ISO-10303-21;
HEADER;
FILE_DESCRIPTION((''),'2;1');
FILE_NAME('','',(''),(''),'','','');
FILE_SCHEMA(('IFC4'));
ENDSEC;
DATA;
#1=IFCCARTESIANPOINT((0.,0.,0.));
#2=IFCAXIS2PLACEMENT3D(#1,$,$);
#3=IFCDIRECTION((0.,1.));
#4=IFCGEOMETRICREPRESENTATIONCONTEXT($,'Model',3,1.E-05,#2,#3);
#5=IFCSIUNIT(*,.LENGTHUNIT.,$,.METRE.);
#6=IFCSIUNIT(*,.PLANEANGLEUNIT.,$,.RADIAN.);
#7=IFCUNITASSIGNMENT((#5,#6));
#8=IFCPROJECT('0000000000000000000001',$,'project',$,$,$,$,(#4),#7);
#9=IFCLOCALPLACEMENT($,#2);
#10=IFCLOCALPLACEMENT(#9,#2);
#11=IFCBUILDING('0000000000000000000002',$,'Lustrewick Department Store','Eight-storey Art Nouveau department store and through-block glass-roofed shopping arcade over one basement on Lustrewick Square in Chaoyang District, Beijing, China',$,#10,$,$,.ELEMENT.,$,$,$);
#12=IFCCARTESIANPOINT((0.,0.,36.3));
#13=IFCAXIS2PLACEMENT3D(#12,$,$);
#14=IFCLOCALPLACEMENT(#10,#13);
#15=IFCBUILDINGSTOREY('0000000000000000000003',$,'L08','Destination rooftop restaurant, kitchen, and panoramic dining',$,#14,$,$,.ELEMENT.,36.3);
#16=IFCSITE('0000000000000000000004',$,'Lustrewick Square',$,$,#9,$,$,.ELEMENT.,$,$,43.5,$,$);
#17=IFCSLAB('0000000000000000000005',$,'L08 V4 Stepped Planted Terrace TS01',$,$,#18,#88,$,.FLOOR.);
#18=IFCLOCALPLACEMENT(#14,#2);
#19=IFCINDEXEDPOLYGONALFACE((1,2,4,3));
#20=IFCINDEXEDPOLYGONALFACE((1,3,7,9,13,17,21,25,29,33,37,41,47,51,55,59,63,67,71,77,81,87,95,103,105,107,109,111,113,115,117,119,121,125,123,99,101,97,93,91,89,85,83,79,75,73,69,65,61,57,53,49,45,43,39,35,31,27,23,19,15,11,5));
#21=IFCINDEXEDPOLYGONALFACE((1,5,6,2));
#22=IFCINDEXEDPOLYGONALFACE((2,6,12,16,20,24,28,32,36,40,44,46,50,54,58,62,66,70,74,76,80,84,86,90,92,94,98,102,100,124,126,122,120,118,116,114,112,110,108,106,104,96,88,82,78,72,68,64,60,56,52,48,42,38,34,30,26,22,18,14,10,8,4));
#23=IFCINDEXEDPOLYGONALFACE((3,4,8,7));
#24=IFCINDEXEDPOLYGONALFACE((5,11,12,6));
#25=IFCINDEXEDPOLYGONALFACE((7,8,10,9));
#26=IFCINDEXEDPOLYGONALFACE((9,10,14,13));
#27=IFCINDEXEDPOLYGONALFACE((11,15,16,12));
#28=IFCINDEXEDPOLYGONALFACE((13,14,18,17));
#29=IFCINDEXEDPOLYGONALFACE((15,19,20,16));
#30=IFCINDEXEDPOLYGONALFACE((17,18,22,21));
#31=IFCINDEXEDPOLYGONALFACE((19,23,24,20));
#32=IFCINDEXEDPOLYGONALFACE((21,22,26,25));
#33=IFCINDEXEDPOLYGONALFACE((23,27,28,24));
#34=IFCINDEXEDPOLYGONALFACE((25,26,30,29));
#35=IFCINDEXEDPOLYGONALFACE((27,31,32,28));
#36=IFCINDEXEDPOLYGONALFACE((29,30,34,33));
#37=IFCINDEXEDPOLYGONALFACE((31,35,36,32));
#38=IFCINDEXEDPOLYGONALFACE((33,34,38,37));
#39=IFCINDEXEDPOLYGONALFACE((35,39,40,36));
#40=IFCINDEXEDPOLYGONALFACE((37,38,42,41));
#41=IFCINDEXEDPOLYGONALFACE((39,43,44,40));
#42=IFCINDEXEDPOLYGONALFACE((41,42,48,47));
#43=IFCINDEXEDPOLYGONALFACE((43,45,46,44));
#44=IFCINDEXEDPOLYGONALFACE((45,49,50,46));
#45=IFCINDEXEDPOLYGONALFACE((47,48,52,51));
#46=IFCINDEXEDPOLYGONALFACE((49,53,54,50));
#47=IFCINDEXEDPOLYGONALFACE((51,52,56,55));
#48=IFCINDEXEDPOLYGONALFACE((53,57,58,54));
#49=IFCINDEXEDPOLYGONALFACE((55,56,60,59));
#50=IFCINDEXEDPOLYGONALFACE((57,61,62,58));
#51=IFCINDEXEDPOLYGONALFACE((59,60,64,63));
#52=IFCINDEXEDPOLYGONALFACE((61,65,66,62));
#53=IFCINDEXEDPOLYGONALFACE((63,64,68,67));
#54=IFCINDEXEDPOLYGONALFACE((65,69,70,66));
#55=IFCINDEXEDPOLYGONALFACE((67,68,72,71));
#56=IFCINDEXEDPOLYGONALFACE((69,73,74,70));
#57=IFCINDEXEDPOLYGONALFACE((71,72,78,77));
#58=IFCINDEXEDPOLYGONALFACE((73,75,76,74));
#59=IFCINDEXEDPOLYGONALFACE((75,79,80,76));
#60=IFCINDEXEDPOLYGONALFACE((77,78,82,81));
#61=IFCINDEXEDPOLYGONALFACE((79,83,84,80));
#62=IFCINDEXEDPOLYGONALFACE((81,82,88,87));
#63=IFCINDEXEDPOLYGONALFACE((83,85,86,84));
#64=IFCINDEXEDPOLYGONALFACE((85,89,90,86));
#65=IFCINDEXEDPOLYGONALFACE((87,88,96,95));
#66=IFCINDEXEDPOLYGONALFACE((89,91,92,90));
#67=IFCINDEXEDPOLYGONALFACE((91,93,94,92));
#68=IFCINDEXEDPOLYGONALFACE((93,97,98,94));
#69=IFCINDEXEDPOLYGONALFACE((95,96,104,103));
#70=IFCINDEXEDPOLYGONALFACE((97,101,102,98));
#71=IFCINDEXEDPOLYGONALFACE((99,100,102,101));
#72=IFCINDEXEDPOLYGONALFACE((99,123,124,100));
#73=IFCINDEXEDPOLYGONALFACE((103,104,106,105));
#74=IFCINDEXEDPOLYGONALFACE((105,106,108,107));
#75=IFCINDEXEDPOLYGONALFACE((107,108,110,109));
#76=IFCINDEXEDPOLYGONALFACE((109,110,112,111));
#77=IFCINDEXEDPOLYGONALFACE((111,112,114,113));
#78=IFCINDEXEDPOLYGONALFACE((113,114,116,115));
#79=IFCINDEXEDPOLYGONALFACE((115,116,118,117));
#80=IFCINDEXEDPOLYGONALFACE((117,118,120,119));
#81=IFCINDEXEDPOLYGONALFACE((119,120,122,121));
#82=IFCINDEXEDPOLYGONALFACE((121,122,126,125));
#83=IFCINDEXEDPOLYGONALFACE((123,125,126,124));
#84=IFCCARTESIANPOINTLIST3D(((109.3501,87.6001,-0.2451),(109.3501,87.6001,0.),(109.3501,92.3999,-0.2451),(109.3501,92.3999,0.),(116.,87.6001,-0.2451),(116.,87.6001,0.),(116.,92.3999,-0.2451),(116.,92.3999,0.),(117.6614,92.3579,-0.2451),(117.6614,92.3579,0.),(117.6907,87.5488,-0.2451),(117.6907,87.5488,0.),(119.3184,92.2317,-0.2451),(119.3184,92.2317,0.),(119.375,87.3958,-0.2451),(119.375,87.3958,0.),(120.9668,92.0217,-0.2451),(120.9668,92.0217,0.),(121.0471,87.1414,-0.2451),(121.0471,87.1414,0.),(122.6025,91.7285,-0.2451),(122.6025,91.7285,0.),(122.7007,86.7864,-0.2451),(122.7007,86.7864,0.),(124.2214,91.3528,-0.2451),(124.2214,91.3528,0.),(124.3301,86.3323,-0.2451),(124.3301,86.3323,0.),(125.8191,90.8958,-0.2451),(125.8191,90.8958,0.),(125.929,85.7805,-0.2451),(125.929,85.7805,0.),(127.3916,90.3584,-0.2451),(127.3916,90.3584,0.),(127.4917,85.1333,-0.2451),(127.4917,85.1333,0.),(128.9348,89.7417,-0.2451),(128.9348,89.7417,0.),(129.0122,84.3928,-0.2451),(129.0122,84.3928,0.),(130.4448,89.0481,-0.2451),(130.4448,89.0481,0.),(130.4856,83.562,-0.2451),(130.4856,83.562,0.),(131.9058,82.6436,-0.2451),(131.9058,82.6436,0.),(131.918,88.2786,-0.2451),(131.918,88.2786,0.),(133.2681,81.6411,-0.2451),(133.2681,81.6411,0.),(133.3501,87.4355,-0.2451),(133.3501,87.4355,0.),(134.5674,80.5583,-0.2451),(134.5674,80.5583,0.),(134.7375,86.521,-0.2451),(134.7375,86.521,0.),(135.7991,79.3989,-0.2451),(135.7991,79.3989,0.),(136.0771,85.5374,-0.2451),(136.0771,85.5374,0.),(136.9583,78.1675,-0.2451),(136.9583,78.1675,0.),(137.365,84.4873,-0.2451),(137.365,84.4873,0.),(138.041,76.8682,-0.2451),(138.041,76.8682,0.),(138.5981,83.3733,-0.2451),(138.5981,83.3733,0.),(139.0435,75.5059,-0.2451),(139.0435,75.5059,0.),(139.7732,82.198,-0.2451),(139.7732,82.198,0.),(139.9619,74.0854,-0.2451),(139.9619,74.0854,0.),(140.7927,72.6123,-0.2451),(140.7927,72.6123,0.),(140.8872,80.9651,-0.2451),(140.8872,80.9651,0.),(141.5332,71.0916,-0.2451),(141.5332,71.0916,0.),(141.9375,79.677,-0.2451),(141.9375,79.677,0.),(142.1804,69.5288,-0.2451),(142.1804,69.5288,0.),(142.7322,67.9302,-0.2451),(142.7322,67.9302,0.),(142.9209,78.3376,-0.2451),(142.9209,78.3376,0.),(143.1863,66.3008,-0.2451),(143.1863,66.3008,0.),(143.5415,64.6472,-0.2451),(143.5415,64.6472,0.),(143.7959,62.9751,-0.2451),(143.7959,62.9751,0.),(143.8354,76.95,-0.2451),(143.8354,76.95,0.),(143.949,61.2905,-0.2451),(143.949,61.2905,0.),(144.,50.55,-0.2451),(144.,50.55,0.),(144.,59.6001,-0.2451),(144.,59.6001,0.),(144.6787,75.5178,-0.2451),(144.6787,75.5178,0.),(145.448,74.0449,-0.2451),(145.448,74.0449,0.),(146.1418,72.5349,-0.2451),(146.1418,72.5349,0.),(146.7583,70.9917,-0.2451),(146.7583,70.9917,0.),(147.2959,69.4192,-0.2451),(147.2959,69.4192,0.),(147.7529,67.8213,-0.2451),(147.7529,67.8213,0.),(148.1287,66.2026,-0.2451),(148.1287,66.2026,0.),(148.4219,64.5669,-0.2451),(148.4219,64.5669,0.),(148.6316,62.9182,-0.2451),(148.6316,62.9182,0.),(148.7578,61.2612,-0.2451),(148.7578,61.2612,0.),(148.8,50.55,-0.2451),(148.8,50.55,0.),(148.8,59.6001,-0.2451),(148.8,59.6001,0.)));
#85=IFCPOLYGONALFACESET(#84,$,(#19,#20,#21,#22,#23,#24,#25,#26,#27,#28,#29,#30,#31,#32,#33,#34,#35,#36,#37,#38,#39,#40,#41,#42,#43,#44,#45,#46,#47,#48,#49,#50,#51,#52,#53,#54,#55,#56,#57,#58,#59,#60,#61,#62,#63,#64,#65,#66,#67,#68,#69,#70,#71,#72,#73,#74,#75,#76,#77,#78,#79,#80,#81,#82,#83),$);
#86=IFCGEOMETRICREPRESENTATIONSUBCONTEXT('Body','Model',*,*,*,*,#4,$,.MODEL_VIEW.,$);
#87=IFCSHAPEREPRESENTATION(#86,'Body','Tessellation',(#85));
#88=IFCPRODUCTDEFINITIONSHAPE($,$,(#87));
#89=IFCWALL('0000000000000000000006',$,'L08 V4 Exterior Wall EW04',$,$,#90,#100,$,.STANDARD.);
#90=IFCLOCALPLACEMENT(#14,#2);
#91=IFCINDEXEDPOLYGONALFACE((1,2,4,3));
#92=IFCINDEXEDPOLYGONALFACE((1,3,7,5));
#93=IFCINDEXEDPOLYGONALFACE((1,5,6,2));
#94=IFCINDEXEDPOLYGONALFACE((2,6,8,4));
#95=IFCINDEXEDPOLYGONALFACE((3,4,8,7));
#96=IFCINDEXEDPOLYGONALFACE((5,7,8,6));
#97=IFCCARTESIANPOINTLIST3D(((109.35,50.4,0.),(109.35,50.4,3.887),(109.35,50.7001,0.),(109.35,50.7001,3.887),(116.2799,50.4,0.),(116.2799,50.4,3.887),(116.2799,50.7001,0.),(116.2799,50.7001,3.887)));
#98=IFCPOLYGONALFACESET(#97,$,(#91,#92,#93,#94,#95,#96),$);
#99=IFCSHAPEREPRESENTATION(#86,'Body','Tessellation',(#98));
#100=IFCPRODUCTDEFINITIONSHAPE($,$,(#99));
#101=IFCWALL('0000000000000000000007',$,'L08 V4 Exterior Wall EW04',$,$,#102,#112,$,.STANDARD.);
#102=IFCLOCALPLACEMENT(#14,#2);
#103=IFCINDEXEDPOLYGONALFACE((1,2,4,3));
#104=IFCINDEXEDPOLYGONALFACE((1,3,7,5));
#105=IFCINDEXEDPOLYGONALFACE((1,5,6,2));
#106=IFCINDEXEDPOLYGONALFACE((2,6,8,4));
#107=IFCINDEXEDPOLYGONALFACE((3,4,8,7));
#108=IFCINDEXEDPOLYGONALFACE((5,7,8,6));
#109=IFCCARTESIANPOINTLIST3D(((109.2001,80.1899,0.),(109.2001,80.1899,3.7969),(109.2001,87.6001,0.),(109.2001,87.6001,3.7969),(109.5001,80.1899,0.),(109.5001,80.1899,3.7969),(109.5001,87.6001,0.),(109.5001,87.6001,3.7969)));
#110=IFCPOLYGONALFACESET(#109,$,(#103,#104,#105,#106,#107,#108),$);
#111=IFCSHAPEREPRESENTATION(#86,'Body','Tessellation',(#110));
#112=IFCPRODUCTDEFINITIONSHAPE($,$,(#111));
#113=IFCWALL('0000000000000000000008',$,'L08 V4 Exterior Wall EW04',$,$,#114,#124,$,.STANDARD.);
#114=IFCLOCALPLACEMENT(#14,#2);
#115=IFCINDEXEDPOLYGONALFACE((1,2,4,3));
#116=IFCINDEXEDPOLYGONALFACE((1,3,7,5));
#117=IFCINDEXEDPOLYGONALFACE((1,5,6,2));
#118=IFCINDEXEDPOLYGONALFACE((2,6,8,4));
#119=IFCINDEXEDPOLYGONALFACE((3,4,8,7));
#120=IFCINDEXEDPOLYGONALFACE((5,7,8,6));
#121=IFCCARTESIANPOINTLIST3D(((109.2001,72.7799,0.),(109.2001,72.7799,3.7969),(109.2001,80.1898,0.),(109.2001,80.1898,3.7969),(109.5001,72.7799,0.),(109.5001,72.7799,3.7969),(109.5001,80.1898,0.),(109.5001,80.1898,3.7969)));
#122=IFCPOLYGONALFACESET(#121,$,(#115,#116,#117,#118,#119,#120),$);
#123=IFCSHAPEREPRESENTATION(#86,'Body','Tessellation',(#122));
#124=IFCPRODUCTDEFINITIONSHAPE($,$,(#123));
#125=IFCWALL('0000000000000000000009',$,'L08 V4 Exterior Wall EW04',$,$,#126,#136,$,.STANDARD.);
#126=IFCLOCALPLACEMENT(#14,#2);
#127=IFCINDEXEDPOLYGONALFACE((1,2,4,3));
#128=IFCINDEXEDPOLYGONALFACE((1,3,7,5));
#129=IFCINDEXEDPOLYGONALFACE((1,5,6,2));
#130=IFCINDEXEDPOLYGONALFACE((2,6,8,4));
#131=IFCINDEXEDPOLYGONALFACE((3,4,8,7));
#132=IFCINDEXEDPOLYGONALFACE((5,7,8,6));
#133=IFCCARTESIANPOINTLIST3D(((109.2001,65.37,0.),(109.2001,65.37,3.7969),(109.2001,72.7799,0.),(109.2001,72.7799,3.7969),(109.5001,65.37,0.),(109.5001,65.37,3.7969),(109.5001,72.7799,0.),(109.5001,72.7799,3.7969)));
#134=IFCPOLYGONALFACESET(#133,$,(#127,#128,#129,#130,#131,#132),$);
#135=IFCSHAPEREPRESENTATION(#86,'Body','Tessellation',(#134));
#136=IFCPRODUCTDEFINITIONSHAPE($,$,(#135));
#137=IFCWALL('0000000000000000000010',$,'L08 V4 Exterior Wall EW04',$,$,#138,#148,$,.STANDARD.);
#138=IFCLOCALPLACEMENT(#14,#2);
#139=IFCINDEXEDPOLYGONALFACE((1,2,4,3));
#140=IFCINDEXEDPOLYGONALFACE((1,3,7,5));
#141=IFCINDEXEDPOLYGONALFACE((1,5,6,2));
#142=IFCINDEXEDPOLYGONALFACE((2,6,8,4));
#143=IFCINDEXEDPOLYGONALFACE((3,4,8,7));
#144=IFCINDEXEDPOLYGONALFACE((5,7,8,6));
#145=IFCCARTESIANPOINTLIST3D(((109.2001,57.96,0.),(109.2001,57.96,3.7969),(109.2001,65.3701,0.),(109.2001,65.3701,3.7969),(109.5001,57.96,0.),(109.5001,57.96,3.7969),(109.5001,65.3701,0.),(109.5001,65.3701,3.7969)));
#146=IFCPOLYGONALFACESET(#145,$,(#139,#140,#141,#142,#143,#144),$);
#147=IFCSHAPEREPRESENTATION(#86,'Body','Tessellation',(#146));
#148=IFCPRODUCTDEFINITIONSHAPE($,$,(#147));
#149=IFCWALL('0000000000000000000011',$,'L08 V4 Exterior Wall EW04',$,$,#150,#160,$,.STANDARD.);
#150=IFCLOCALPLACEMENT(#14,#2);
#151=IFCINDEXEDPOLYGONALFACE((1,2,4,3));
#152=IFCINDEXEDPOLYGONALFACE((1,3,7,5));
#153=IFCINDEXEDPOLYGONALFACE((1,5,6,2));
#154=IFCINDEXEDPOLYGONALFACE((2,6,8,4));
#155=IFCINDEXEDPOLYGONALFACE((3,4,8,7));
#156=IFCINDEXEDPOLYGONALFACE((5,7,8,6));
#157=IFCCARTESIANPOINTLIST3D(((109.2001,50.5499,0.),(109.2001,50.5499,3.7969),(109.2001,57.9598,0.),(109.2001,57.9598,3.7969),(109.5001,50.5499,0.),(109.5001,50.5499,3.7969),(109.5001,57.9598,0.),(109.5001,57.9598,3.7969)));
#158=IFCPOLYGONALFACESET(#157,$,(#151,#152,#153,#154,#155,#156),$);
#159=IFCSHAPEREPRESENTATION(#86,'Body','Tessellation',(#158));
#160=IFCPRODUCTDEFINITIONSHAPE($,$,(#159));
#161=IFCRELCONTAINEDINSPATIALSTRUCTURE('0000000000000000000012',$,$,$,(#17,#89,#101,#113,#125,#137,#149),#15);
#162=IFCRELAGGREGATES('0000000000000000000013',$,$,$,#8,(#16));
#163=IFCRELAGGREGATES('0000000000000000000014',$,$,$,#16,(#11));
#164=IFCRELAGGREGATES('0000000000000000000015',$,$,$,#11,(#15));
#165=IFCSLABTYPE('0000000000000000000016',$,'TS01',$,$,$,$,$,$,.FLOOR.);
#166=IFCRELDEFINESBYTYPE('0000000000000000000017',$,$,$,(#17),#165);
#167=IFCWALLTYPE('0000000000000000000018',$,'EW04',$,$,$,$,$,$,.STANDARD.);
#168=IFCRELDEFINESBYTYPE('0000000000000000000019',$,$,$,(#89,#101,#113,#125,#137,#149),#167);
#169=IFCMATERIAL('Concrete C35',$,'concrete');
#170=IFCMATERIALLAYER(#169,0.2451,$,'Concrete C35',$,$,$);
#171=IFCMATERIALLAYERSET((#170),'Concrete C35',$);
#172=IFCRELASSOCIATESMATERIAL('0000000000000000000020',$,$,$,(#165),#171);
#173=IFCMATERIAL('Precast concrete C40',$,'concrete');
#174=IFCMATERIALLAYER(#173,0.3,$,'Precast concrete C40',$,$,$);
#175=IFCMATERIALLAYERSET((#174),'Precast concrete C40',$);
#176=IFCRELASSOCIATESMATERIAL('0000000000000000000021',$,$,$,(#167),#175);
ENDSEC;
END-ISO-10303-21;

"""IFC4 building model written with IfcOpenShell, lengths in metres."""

from ifc_helpers import new_model, si_unit, direction, frame, frame_2d, origin, place, context, subcontext, project, spatial, polyline, rectangle, outline, extrude, material, layer, layer_set, type_object, element, save


model = new_model("IFC4")

# Units and contexts
model_context = context("Model", 3, precision=1e-05, world=origin(), true_north=direction((0.0, 1.0)))
body_context = subcontext(model_context, "Body", "Model", "MODEL_VIEW")
ifc_project = project(units=[si_unit("LENGTHUNIT", "METRE"), si_unit("PLANEANGLEUNIT", "RADIAN")], contexts=[model_context])

# Site, building, storey
site_placement = place(None, origin())
site = spatial("IfcSite", under=ifc_project, at=site_placement, Name="Lustrewick Square", CompositionType="ELEMENT", RefElevation=43.5)
building_placement = place(site_placement, origin())
building = spatial("IfcBuilding", under=site, at=building_placement, Name="Lustrewick Department Store", Description="Eight-storey Art Nouveau department store and through-block glass-roofed shopping arcade over one basement on Lustrewick Square in Chaoyang District, Beijing, China", CompositionType="ELEMENT")
storey_placement = place(building_placement, frame((0.0, 0.0, 36.3)))
storey = spatial("IfcBuildingStorey", under=building, at=storey_placement, Name="L08", Description="Destination rooftop restaurant, kitchen, and panoramic dining", CompositionType="ELEMENT", Elevation=36.3)

# Slab
ifc_material_1 = material(Name="Concrete C35", Category="concrete")
ifc_layer_1 = layer(ifc_material_1, 0.2451, Name="Concrete C35")
ifc_layer_set_1 = layer_set([ifc_layer_1], Name="Concrete C35")
slab_type_1 = type_object("IfcSlabType", Name="TS01", PredefinedType="FLOOR", material=ifc_layer_set_1)
slab_1_placement = place(storey_placement, frame((0.0, 0.0, -0.2451)))
element("IfcSlab", 1, at=slab_1_placement, inside=storey, type_object=slab_type_1, Name="L08 V4 Stepped Planted Terrace TS01", PredefinedType="FLOOR", context=body_context, shape_type="SweptSolid", body=[
    extrude(outline(polyline([(109.3501, 92.3999), (109.3501, 87.6001), (116.0, 87.6001), (117.6907, 87.5488), (119.375, 87.3958), (121.0471, 87.1414), (122.7007, 86.7864), (124.3301, 86.3323), (125.929, 85.7805), (127.4917, 85.1333), (129.0122, 84.3928), (130.4856, 83.562), (131.9058, 82.6436), (133.2681, 81.6411), (134.5674, 80.5583), (135.7991, 79.3989), (136.9583, 78.1675), (138.041, 76.8682), (139.0435, 75.5059), (139.9619, 74.0854), (140.7927, 72.6123), (141.5332, 71.0916), (142.1804, 69.5288), (142.7322, 67.9302), (143.1863, 66.3008), (143.5415, 64.6472), (143.7959, 62.9751), (143.949, 61.2905), (144.0, 59.6001), (144.0, 50.55), (148.8, 50.55), (148.8, 59.6001), (148.7578, 61.2612), (148.6316, 62.9182), (148.4219, 64.5669), (148.1287, 66.2026), (147.7529, 67.8213), (147.2959, 69.4192), (146.7583, 70.9917), (146.1418, 72.5349), (145.448, 74.0449), (144.6787, 75.5178), (143.8354, 76.95), (142.9209, 78.3376), (141.9375, 79.677), (140.8872, 80.9651), (139.7732, 82.198), (138.5981, 83.3733), (137.365, 84.4873), (136.0771, 85.5374), (134.7375, 86.521), (133.3501, 87.4355), (131.918, 88.2786), (130.4448, 89.0481), (128.9348, 89.7417), (127.3916, 90.3584), (125.8191, 90.8958), (124.2214, 91.3528), (122.6025, 91.7285), (120.9668, 92.0217), (119.3184, 92.2317), (117.6614, 92.3579), (116.0, 92.3999), (109.3501, 92.3999)])), origin(), (0.0, 0.0, 1.0), 0.2451),
])

# Walls
ifc_material_2 = material(Name="Precast concrete C40", Category="concrete")
ifc_layer_2 = layer(ifc_material_2, 0.3, Name="Precast concrete C40")
ifc_layer_set_2 = layer_set([ifc_layer_2], Name="Precast concrete C40")
wall_type = type_object("IfcWallType", Name="EW04", PredefinedType="STANDARD", material=ifc_layer_set_2)
wall_1_placement = place(storey_placement, frame((109.3501, 50.55, 0.0), z_axis=(0.0, 0.0, 1.0), x_axis=(1.0, 0.0, 0.0)))
element("IfcWall", 2, at=wall_1_placement, inside=storey, type_object=wall_type, Name="L08 V4 Exterior Wall EW04", PredefinedType="STANDARD", context=body_context, shape_type="SweptSolid", body=[
    extrude(rectangle(XDim=6.9299, YDim=0.3, at=frame_2d((3.4648, 0.0))), origin(), (0.0, 0.0, 1.0), 3.887),
])
wall_2_placement = place(storey_placement, frame((109.3501, 87.6001, 0.0), z_axis=(0.0, 0.0, 1.0), x_axis=(0.0, -1.0, 0.0)))
element("IfcWall", 3, at=wall_2_placement, inside=storey, type_object=wall_type, Name="L08 V4 Exterior Wall EW04", PredefinedType="STANDARD", context=body_context, shape_type="SweptSolid", body=[
    extrude(rectangle(XDim=7.4102, YDim=0.3, at=frame_2d((3.7051, 0.0))), origin(), (0.0, 0.0, 1.0), 3.7969),
])
for number, where, z_axis, x_axis, name in (
    (4, (109.3501, 80.1899, 0.0), (0.0, 0.0, 1.0), (0.0, -1.0, 0.0), "L08 V4 Exterior Wall EW04"),
    (5, (109.3501, 72.78, 0.0), (0.0, 0.0, 1.0), (0.0, -1.0, 0.0), "L08 V4 Exterior Wall EW04"),
):
    element("IfcWall", number, at=place(storey_placement, frame(where, z_axis=z_axis, x_axis=x_axis)), inside=storey, type_object=wall_type, Name=name, PredefinedType="STANDARD", context=body_context, shape_type="SweptSolid", body=[
        extrude(rectangle(XDim=7.4099, YDim=0.3, at=frame_2d((3.7051, 0.0))), origin(), (0.0, 0.0, 1.0), 3.7969),
    ])
wall_3_placement = place(storey_placement, frame((109.3501, 65.3701, 0.0), z_axis=(0.0, 0.0, 1.0), x_axis=(0.0, -1.0, 0.0)))
element("IfcWall", 6, at=wall_3_placement, inside=storey, type_object=wall_type, Name="L08 V4 Exterior Wall EW04", PredefinedType="STANDARD", context=body_context, shape_type="SweptSolid", body=[
    extrude(rectangle(XDim=7.4102, YDim=0.3, at=frame_2d((3.7051, 0.0))), origin(), (0.0, 0.0, 1.0), 3.7969),
])
wall_4_placement = place(storey_placement, frame((109.3501, 57.96, 0.0), z_axis=(0.0, 0.0, 1.0), x_axis=(0.0, -1.0, 0.0)))
element("IfcWall", 7, at=wall_4_placement, inside=storey, type_object=wall_type, Name="L08 V4 Exterior Wall EW04", PredefinedType="STANDARD", context=body_context, shape_type="SweptSolid", body=[
    extrude(rectangle(XDim=7.4099, YDim=0.3, at=frame_2d((3.7051, 0.0))), origin(), (0.0, 0.0, 1.0), 3.7969),
])

save(model, "model.ifc")
